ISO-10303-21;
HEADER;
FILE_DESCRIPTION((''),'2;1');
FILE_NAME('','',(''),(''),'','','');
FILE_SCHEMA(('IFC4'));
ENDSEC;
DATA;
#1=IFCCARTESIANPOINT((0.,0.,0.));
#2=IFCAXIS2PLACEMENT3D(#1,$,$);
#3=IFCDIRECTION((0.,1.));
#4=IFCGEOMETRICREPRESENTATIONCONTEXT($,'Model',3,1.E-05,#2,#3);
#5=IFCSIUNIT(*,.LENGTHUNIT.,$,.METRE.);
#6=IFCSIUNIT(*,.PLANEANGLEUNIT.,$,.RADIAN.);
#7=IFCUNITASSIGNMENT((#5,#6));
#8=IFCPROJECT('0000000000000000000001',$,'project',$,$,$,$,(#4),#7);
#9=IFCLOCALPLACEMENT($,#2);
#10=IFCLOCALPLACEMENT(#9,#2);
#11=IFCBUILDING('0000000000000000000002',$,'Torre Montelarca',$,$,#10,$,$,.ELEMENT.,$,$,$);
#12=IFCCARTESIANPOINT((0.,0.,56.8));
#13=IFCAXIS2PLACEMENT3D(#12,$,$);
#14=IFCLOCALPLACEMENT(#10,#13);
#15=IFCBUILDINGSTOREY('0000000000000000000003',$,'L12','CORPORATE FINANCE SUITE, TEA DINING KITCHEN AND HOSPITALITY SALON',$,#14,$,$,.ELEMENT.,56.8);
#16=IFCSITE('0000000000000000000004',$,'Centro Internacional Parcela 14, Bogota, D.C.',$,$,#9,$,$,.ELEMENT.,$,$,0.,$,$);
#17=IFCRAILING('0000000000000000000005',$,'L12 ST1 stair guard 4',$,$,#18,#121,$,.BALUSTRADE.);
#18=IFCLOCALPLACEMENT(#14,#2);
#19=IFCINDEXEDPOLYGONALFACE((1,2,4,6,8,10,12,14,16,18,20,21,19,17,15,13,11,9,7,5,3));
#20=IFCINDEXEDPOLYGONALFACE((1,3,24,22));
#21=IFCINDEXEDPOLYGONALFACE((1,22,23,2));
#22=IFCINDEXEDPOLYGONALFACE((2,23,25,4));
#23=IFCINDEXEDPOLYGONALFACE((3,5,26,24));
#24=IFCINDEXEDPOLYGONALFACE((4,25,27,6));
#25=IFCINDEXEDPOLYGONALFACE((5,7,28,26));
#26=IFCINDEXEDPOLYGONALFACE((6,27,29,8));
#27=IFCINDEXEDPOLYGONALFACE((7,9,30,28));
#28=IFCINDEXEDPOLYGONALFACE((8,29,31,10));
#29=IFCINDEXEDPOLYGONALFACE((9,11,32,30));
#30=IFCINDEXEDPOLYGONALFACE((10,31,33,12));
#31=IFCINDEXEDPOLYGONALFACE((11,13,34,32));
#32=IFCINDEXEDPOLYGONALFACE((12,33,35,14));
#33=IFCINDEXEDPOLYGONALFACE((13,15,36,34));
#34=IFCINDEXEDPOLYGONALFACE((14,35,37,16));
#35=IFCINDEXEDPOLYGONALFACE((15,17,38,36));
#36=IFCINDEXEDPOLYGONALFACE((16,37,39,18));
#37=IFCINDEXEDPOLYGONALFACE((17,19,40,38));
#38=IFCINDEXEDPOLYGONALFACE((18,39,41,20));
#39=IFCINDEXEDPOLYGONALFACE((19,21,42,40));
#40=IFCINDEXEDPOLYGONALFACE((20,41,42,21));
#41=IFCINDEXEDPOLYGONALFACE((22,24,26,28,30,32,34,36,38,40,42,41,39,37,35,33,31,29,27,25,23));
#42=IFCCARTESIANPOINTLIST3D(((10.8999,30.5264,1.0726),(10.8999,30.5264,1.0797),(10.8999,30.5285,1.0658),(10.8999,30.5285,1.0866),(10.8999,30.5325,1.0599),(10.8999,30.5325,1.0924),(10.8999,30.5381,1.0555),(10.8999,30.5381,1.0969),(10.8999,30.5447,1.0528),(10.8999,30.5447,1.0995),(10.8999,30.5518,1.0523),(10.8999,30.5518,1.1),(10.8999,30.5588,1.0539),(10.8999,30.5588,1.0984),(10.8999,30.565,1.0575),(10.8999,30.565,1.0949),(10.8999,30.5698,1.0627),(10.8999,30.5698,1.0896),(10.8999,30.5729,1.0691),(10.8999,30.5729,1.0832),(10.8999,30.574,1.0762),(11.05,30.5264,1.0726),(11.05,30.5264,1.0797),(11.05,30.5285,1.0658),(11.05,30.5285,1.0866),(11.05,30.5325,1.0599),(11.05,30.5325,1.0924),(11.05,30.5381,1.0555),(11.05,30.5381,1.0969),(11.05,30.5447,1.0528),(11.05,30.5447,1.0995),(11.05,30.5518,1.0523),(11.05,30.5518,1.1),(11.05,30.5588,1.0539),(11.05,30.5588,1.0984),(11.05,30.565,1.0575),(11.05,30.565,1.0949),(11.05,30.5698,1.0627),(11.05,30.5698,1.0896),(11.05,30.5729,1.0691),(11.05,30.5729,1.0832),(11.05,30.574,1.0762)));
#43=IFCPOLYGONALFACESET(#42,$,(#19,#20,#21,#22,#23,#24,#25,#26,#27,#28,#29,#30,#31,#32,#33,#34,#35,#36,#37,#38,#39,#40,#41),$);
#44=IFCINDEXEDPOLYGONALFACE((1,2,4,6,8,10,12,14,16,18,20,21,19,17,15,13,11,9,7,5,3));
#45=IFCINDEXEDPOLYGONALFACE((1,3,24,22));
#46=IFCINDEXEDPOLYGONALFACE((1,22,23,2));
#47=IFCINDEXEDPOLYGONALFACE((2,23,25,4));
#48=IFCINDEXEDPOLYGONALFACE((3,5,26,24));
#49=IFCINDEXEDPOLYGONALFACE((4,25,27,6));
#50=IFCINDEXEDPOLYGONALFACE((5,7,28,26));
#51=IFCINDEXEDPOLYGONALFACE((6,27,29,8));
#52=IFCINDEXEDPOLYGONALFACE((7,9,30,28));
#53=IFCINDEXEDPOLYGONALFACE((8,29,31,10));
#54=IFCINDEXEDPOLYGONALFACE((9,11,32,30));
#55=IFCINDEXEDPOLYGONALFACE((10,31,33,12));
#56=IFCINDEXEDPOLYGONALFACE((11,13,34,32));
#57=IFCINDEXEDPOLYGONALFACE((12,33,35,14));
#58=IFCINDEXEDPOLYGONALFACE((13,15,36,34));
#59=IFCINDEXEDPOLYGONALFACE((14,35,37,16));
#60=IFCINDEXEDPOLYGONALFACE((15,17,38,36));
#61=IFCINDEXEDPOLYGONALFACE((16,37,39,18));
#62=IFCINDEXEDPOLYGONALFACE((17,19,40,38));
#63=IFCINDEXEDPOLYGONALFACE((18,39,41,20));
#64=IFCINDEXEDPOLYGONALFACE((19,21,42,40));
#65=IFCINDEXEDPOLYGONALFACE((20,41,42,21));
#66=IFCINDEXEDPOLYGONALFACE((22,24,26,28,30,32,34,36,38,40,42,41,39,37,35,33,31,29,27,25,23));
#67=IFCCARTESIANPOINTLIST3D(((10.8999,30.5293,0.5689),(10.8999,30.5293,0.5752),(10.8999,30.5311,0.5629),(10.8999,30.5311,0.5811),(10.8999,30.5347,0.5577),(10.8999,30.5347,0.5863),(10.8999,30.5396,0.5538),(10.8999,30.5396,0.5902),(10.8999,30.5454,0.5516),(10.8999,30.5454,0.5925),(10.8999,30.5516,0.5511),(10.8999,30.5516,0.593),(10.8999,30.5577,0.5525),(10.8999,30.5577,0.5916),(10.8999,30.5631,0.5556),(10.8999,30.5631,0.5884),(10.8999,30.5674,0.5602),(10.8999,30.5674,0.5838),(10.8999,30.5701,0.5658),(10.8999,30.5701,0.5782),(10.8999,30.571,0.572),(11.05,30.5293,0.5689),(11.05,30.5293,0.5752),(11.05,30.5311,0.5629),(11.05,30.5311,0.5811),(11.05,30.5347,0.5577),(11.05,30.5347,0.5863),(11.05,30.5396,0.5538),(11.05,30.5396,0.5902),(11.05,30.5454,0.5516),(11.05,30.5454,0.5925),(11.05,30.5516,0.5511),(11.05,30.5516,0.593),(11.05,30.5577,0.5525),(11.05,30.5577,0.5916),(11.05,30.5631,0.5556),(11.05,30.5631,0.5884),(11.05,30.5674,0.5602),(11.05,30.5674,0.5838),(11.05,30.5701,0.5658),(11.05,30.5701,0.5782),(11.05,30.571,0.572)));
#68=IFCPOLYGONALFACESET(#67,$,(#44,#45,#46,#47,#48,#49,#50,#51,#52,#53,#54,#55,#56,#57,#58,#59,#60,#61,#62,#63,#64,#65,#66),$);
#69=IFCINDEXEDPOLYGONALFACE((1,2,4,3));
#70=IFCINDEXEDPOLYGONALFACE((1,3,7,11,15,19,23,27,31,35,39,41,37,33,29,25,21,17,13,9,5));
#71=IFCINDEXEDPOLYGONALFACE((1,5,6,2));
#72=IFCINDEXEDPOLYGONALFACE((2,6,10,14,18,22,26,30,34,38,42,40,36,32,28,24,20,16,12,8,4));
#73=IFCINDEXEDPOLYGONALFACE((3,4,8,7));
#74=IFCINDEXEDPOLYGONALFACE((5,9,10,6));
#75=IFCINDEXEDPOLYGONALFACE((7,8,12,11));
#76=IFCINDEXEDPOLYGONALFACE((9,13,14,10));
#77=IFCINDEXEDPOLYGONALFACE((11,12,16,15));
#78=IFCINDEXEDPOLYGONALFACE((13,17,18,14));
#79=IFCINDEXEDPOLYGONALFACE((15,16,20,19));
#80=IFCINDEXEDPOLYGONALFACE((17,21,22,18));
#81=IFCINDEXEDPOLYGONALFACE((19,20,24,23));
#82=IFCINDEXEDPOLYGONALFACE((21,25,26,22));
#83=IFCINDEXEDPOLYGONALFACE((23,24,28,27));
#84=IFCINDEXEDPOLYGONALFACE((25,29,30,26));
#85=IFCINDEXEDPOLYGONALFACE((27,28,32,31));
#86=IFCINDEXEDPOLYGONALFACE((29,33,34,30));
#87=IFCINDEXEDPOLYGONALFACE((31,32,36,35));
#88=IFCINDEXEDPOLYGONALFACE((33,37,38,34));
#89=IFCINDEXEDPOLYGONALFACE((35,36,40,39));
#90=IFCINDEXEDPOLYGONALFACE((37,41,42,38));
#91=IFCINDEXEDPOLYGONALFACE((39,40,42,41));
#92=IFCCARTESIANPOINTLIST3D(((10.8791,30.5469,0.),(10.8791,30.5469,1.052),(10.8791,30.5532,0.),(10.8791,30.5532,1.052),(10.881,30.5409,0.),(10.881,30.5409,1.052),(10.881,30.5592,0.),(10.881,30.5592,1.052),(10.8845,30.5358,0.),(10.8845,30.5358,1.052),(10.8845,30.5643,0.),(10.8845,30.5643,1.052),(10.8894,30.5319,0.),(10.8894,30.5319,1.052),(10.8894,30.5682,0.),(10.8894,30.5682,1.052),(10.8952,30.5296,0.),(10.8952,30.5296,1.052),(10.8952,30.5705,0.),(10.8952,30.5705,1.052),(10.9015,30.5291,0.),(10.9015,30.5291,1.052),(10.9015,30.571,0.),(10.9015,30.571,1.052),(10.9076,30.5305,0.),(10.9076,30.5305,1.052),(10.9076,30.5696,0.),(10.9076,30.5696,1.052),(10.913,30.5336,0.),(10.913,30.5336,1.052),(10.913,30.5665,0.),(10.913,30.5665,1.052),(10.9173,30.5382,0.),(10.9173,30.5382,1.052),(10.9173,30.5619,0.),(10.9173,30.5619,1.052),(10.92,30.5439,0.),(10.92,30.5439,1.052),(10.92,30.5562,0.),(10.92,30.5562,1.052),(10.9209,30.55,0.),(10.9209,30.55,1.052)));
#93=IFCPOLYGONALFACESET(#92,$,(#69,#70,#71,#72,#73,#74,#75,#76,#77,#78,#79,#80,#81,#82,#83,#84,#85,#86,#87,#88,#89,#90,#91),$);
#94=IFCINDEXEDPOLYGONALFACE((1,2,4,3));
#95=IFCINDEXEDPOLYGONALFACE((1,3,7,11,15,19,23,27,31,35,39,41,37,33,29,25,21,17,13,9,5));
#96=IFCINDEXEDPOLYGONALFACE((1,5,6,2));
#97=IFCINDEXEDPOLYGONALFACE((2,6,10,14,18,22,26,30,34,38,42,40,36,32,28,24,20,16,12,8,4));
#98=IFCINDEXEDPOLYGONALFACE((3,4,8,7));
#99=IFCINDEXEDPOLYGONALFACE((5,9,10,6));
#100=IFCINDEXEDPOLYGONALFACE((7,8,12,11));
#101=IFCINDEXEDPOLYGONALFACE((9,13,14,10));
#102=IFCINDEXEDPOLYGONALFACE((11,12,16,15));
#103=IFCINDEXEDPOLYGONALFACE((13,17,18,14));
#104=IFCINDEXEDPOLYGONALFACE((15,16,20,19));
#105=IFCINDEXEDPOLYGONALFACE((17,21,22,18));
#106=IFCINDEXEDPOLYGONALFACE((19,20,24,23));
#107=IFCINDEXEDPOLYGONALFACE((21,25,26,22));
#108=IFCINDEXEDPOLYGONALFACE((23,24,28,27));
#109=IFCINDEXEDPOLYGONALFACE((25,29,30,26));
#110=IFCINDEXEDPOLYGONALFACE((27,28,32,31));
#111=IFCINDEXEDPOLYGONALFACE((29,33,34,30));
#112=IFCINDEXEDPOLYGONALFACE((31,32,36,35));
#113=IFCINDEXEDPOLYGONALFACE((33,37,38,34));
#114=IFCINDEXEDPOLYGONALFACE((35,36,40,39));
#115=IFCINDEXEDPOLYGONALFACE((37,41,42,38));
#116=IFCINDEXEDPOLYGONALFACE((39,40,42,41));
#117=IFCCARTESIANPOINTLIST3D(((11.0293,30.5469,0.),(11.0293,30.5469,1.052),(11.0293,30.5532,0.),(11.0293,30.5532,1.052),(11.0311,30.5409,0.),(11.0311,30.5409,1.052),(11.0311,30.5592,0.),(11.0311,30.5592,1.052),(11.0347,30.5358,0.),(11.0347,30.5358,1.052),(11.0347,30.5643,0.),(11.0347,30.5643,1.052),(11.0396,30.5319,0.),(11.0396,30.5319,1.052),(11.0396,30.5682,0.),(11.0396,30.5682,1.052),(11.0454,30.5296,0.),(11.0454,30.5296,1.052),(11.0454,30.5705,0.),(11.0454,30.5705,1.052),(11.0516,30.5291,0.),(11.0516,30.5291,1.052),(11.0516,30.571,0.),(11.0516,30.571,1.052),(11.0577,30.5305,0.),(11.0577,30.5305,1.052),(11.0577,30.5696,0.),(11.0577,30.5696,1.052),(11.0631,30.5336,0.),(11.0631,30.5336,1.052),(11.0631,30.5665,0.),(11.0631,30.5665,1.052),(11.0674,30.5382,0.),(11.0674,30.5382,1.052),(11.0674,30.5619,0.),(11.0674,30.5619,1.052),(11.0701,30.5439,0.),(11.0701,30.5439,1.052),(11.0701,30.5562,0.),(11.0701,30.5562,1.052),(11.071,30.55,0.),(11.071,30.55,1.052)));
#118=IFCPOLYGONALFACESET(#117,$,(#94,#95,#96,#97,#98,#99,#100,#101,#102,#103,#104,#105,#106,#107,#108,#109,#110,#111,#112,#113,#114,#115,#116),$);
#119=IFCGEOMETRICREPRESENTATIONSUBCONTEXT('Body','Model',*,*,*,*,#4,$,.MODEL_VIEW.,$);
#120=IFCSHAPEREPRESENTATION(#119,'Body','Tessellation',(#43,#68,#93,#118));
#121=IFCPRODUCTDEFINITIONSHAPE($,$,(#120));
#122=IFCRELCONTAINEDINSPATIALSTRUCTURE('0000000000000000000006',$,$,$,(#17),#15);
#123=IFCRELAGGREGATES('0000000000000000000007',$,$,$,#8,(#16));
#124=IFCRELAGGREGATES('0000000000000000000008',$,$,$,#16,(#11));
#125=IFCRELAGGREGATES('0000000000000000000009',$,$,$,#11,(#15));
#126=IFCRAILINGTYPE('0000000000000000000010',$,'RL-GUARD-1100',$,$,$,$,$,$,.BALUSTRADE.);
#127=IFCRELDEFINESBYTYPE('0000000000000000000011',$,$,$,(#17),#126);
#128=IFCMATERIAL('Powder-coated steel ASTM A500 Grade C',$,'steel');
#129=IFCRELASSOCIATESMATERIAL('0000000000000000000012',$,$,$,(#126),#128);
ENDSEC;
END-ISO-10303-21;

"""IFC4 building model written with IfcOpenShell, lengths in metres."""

from ifc_helpers import new_model, si_unit, direction, frame, origin, origin_2d, place, context, subcontext, project, spatial, circle, extrude, material, type_object, element, save


model = new_model("IFC4")

# Units and contexts
model_context = context("Model", 3, precision=1e-05, world=origin(), true_north=direction((0.0, 1.0)))
body_context = subcontext(model_context, "Body", "Model", "MODEL_VIEW")
ifc_project = project(units=[si_unit("LENGTHUNIT", "METRE"), si_unit("PLANEANGLEUNIT", "RADIAN")], contexts=[model_context])

# Site, building, storey
site_placement = place(None, origin())
site = spatial("IfcSite", under=ifc_project, at=site_placement, Name="Centro Internacional Parcela 14, Bogota, D.C.", CompositionType="ELEMENT", RefElevation=0.0)
building_placement = place(site_placement, origin())
building = spatial("IfcBuilding", under=site, at=building_placement, Name="Torre Montelarca", CompositionType="ELEMENT")
storey_placement = place(building_placement, frame((0.0, 0.0, 56.8)))
storey = spatial("IfcBuildingStorey", under=building, at=storey_placement, Name="L12", Description="CORPORATE FINANCE SUITE, TEA DINING KITCHEN AND HOSPITALITY SALON", CompositionType="ELEMENT", Elevation=56.8)

# Railing
ifc_material_1 = material(Name="Powder-coated steel ASTM A500 Grade C", Category="steel")
railing_type_1 = type_object("IfcRailingType", Name="RL-GUARD-1100", PredefinedType="BALUSTRADE", material=ifc_material_1)
railing_1_placement = place(storey_placement, frame((10.8999, 30.55, 0.0)))
element("IfcRailing", 1, at=railing_1_placement, inside=storey, type_object=railing_type_1, Name="L12 ST1 stair guard 4", PredefinedType="BALUSTRADE", context=body_context, shape_type="SweptSolid", body=[
    extrude(circle(Radius=0.0239, at=origin_2d()), frame((0.0, 0.0, 1.0762), z_axis=(1.0, 0.0, 0.0), x_axis=(0.0, 1.0, 0.0)), (0.0, 0.0, 1.0), 0.1501),
    extrude(circle(Radius=0.021, at=origin_2d()), frame((0.0, 0.0, 0.572), z_axis=(1.0, 0.0, 0.0), x_axis=(0.0, 1.0, 0.0)), (0.0, 0.0, 1.0), 0.1501),
    extrude(circle(Radius=0.021, at=origin_2d()), origin(), (0.0, 0.0, 1.0), 1.052),
    extrude(circle(Radius=0.021, at=origin_2d()), frame((0.1501, 0.0, 0.0)), (0.0, 0.0, 1.0), 1.052),
])

save(model, "model.ifc")
